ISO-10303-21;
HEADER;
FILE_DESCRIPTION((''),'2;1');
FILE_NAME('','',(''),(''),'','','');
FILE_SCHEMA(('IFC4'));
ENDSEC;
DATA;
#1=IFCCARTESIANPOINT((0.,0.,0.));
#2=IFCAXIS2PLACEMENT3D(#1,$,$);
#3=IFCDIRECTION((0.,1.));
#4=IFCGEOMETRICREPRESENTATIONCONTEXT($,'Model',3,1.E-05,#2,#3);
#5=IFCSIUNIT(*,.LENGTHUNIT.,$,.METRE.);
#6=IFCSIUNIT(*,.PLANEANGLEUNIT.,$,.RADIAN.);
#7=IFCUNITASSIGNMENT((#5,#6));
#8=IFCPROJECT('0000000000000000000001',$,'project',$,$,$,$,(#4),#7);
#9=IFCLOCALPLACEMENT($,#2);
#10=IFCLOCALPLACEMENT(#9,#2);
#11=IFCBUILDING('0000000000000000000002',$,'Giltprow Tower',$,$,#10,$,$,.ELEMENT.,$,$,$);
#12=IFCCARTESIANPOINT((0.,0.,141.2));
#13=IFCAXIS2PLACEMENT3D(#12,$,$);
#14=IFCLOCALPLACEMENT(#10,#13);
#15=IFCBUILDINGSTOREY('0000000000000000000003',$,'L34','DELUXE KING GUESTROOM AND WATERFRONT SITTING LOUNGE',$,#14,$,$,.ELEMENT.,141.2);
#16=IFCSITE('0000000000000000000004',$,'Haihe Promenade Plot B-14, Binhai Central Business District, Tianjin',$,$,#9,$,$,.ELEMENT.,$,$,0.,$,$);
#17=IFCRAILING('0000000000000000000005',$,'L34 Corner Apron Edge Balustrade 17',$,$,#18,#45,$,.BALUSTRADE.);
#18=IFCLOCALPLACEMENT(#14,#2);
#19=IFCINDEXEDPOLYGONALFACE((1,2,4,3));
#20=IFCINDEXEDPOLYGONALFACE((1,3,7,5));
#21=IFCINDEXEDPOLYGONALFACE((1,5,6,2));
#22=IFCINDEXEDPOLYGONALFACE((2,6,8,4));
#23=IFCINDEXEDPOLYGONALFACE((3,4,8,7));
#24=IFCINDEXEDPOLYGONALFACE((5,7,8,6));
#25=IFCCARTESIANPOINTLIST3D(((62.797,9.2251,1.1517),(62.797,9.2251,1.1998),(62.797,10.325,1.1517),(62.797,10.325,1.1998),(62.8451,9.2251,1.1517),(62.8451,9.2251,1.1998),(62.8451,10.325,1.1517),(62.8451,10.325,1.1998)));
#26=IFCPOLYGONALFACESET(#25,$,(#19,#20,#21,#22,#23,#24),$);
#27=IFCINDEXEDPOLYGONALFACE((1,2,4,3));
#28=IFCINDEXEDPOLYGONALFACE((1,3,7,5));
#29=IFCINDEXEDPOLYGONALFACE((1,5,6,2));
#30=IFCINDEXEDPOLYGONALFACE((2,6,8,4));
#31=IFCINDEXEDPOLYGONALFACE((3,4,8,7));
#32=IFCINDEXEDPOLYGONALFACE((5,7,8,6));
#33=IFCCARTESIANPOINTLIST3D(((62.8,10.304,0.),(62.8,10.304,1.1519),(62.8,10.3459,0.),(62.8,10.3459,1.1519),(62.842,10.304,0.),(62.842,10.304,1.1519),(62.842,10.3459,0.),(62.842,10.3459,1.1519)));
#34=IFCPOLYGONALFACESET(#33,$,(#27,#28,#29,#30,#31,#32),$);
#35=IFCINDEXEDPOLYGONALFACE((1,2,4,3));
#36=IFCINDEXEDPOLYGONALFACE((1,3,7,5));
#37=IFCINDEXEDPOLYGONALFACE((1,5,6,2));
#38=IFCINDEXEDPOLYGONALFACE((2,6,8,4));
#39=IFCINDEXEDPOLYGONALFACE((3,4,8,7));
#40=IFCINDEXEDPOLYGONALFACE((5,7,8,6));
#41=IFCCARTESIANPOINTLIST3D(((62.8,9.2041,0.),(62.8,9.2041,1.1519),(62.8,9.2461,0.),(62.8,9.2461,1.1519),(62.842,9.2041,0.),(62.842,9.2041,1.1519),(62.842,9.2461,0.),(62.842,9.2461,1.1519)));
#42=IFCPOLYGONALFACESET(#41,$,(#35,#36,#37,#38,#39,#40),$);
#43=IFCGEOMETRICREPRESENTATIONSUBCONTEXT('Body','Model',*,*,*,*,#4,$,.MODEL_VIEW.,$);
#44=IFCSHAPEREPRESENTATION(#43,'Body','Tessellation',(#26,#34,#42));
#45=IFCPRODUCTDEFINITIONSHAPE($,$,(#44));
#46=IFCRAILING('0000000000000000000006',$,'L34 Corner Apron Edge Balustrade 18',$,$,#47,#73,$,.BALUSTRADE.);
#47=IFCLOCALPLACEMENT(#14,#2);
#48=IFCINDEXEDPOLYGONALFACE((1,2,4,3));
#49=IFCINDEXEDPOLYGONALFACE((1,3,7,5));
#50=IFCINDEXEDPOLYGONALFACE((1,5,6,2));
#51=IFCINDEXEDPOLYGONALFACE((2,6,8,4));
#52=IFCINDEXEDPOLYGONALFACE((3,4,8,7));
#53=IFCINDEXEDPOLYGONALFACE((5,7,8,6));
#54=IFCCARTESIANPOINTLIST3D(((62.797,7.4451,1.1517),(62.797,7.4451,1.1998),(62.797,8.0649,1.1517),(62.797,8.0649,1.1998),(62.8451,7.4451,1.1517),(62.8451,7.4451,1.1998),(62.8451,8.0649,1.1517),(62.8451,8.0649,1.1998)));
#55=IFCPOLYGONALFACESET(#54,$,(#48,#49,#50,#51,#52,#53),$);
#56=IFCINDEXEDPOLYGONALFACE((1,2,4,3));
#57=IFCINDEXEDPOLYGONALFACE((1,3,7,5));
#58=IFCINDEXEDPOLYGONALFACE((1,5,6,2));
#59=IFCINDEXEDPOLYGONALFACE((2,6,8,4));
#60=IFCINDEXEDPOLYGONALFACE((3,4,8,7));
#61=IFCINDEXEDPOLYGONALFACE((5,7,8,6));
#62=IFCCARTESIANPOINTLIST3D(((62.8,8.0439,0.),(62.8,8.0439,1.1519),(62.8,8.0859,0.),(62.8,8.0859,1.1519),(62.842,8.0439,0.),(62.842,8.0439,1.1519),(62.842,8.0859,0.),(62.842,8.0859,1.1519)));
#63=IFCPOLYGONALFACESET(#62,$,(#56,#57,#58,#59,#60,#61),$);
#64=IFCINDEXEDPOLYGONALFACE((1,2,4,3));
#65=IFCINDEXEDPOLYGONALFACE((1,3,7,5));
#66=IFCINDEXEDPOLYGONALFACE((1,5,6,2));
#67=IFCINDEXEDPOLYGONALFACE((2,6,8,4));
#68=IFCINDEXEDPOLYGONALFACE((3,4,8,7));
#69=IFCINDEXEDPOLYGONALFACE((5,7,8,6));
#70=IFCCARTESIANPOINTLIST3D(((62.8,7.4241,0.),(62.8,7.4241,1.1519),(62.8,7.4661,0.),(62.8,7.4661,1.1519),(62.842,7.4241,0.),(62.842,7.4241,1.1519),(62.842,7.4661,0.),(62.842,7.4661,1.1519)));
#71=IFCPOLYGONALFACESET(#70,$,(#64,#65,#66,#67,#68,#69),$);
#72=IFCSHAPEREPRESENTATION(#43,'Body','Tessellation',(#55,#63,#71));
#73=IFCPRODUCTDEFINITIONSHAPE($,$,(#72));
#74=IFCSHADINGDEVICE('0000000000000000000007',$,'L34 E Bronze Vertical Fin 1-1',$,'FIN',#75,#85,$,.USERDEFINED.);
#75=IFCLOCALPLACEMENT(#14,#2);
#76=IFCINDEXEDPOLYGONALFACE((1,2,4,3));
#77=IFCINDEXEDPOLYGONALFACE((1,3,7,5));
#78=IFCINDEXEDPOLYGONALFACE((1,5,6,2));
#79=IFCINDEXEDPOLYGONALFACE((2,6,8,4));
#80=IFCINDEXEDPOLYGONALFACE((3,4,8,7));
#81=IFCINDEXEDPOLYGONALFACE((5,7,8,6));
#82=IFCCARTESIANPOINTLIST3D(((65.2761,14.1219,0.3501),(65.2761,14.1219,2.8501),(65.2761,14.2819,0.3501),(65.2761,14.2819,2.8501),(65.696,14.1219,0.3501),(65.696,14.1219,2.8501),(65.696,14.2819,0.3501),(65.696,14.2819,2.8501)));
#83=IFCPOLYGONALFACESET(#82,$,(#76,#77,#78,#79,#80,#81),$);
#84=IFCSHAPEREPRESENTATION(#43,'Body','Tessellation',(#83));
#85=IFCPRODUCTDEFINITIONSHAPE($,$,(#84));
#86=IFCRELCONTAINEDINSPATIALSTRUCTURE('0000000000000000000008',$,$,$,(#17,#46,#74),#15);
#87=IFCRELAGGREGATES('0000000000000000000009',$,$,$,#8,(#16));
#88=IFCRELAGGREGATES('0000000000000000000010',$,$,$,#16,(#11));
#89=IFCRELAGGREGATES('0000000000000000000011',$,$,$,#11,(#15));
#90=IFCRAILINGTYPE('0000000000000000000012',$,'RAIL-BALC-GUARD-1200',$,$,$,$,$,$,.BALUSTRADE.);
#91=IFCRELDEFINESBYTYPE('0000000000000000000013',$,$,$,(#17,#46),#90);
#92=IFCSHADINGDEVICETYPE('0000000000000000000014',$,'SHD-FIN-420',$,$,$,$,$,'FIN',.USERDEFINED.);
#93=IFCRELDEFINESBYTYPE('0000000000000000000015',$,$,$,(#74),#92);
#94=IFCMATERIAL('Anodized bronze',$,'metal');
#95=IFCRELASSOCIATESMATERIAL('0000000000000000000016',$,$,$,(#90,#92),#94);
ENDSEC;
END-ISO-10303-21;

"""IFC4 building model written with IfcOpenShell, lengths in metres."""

from ifc_helpers import new_model, si_unit, direction, frame, origin, origin_2d, place, context, subcontext, project, spatial, rectangle, extrude, source, transform, mapped, material, type_object, element, save


model = new_model("IFC4")

# Units and contexts
model_context = context("Model", 3, precision=1e-05, world=origin(), true_north=direction((0.0, 1.0)))
body_context = subcontext(model_context, "Body", "Model", "MODEL_VIEW")
ifc_project = project(units=[si_unit("LENGTHUNIT", "METRE"), si_unit("PLANEANGLEUNIT", "RADIAN")], contexts=[model_context])

# Site, building, storey
site_placement = place(None, origin())
site = spatial("IfcSite", under=ifc_project, at=site_placement, Name="Haihe Promenade Plot B-14, Binhai Central Business District, Tianjin", CompositionType="ELEMENT", RefElevation=0.0)
building_placement = place(site_placement, origin())
building = spatial("IfcBuilding", under=site, at=building_placement, Name="Giltprow Tower", CompositionType="ELEMENT")
storey_placement = place(building_placement, frame((0.0, 0.0, 141.2)))
storey = spatial("IfcBuildingStorey", under=building, at=storey_placement, Name="L34", Description="DELUXE KING GUESTROOM AND WATERFRONT SITTING LOUNGE", CompositionType="ELEMENT", Elevation=141.2)

# Shared definitions
ifc_material_1 = material(Name="Anodized bronze", Category="metal")

# Railings
railing_type = type_object("IfcRailingType", Name="RAIL-BALC-GUARD-1200", PredefinedType="BALUSTRADE", material=ifc_material_1)
railing_1_placement = place(storey_placement, frame((62.821, 10.325, 0.0)))
element("IfcRailing", 1, at=railing_1_placement, inside=storey, type_object=railing_type, Name="L34 Corner Apron Edge Balustrade 17", PredefinedType="BALUSTRADE", context=body_context, shape_type="SweptSolid", body=[
    extrude(rectangle(XDim=0.0481, YDim=0.0481, at=origin_2d()), frame((0.0, 0.0, 1.1758), z_axis=(0.0, -1.0, 0.0), x_axis=(1.0, 0.0, 0.0)), (0.0, 0.0, 1.0), 1.0999),
    extrude(rectangle(XDim=0.042, YDim=0.042, at=origin_2d()), origin(), (0.0, 0.0, 1.0), 1.1519),
    extrude(rectangle(XDim=0.042, YDim=0.042, at=origin_2d()), frame((0.0, -1.0999, 0.0)), (0.0, 0.0, 1.0), 1.1519),
])
railing_2_placement = place(storey_placement, frame((62.821, 8.0649, 0.0)))
element("IfcRailing", 2, at=railing_2_placement, inside=storey, type_object=railing_type, Name="L34 Corner Apron Edge Balustrade 18", PredefinedType="BALUSTRADE", context=body_context, shape_type="SweptSolid", body=[
    extrude(rectangle(XDim=0.0481, YDim=0.0481, at=origin_2d()), frame((0.0, 0.0, 1.1758), z_axis=(0.0, -1.0, 0.0), x_axis=(1.0, 0.0, 0.0)), (0.0, 0.0, 1.0), 0.6199),
    extrude(rectangle(XDim=0.042, YDim=0.042, at=origin_2d()), origin(), (0.0, 0.0, 1.0), 1.1519),
    extrude(rectangle(XDim=0.042, YDim=0.042, at=origin_2d()), frame((0.0, -0.6199, 0.0)), (0.0, 0.0, 1.0), 1.1519),
])

# Shading device
shading_device_type = type_object("IfcShadingDeviceType", Name="SHD-FIN-420", ElementType="FIN", PredefinedType="USERDEFINED", material=ifc_material_1)
shared_shape_1 = source(origin(), body_context, "Body", "SweptSolid", [
    extrude(rectangle(XDim=0.4199, YDim=0.1599, at=origin_2d()), origin(), (0.0, 0.0, 1.0), 2.5),
])
shading_device_placement = place(storey_placement, frame((65.4861, 14.2019, 0.3501), z_axis=(0.0, 0.0, 1.0), x_axis=(1.0, 0.0, 0.0)))
element("IfcShadingDevice", 3, at=shading_device_placement, inside=storey, type_object=shading_device_type, Name="L34 E Bronze Vertical Fin 1-1", ObjectType="FIN", PredefinedType="USERDEFINED", context=body_context, shape_type="MappedRepresentation", body=[
    mapped(shared_shape_1, transform((0.0, 0.0, 0.0), x_axis=(1.0, 0.0, 0.0), y_axis=(0.0, 1.0, 0.0), z_axis=(0.0, 0.0, 1.0), scale=1.0)),
])

save(model, "model.ifc")
